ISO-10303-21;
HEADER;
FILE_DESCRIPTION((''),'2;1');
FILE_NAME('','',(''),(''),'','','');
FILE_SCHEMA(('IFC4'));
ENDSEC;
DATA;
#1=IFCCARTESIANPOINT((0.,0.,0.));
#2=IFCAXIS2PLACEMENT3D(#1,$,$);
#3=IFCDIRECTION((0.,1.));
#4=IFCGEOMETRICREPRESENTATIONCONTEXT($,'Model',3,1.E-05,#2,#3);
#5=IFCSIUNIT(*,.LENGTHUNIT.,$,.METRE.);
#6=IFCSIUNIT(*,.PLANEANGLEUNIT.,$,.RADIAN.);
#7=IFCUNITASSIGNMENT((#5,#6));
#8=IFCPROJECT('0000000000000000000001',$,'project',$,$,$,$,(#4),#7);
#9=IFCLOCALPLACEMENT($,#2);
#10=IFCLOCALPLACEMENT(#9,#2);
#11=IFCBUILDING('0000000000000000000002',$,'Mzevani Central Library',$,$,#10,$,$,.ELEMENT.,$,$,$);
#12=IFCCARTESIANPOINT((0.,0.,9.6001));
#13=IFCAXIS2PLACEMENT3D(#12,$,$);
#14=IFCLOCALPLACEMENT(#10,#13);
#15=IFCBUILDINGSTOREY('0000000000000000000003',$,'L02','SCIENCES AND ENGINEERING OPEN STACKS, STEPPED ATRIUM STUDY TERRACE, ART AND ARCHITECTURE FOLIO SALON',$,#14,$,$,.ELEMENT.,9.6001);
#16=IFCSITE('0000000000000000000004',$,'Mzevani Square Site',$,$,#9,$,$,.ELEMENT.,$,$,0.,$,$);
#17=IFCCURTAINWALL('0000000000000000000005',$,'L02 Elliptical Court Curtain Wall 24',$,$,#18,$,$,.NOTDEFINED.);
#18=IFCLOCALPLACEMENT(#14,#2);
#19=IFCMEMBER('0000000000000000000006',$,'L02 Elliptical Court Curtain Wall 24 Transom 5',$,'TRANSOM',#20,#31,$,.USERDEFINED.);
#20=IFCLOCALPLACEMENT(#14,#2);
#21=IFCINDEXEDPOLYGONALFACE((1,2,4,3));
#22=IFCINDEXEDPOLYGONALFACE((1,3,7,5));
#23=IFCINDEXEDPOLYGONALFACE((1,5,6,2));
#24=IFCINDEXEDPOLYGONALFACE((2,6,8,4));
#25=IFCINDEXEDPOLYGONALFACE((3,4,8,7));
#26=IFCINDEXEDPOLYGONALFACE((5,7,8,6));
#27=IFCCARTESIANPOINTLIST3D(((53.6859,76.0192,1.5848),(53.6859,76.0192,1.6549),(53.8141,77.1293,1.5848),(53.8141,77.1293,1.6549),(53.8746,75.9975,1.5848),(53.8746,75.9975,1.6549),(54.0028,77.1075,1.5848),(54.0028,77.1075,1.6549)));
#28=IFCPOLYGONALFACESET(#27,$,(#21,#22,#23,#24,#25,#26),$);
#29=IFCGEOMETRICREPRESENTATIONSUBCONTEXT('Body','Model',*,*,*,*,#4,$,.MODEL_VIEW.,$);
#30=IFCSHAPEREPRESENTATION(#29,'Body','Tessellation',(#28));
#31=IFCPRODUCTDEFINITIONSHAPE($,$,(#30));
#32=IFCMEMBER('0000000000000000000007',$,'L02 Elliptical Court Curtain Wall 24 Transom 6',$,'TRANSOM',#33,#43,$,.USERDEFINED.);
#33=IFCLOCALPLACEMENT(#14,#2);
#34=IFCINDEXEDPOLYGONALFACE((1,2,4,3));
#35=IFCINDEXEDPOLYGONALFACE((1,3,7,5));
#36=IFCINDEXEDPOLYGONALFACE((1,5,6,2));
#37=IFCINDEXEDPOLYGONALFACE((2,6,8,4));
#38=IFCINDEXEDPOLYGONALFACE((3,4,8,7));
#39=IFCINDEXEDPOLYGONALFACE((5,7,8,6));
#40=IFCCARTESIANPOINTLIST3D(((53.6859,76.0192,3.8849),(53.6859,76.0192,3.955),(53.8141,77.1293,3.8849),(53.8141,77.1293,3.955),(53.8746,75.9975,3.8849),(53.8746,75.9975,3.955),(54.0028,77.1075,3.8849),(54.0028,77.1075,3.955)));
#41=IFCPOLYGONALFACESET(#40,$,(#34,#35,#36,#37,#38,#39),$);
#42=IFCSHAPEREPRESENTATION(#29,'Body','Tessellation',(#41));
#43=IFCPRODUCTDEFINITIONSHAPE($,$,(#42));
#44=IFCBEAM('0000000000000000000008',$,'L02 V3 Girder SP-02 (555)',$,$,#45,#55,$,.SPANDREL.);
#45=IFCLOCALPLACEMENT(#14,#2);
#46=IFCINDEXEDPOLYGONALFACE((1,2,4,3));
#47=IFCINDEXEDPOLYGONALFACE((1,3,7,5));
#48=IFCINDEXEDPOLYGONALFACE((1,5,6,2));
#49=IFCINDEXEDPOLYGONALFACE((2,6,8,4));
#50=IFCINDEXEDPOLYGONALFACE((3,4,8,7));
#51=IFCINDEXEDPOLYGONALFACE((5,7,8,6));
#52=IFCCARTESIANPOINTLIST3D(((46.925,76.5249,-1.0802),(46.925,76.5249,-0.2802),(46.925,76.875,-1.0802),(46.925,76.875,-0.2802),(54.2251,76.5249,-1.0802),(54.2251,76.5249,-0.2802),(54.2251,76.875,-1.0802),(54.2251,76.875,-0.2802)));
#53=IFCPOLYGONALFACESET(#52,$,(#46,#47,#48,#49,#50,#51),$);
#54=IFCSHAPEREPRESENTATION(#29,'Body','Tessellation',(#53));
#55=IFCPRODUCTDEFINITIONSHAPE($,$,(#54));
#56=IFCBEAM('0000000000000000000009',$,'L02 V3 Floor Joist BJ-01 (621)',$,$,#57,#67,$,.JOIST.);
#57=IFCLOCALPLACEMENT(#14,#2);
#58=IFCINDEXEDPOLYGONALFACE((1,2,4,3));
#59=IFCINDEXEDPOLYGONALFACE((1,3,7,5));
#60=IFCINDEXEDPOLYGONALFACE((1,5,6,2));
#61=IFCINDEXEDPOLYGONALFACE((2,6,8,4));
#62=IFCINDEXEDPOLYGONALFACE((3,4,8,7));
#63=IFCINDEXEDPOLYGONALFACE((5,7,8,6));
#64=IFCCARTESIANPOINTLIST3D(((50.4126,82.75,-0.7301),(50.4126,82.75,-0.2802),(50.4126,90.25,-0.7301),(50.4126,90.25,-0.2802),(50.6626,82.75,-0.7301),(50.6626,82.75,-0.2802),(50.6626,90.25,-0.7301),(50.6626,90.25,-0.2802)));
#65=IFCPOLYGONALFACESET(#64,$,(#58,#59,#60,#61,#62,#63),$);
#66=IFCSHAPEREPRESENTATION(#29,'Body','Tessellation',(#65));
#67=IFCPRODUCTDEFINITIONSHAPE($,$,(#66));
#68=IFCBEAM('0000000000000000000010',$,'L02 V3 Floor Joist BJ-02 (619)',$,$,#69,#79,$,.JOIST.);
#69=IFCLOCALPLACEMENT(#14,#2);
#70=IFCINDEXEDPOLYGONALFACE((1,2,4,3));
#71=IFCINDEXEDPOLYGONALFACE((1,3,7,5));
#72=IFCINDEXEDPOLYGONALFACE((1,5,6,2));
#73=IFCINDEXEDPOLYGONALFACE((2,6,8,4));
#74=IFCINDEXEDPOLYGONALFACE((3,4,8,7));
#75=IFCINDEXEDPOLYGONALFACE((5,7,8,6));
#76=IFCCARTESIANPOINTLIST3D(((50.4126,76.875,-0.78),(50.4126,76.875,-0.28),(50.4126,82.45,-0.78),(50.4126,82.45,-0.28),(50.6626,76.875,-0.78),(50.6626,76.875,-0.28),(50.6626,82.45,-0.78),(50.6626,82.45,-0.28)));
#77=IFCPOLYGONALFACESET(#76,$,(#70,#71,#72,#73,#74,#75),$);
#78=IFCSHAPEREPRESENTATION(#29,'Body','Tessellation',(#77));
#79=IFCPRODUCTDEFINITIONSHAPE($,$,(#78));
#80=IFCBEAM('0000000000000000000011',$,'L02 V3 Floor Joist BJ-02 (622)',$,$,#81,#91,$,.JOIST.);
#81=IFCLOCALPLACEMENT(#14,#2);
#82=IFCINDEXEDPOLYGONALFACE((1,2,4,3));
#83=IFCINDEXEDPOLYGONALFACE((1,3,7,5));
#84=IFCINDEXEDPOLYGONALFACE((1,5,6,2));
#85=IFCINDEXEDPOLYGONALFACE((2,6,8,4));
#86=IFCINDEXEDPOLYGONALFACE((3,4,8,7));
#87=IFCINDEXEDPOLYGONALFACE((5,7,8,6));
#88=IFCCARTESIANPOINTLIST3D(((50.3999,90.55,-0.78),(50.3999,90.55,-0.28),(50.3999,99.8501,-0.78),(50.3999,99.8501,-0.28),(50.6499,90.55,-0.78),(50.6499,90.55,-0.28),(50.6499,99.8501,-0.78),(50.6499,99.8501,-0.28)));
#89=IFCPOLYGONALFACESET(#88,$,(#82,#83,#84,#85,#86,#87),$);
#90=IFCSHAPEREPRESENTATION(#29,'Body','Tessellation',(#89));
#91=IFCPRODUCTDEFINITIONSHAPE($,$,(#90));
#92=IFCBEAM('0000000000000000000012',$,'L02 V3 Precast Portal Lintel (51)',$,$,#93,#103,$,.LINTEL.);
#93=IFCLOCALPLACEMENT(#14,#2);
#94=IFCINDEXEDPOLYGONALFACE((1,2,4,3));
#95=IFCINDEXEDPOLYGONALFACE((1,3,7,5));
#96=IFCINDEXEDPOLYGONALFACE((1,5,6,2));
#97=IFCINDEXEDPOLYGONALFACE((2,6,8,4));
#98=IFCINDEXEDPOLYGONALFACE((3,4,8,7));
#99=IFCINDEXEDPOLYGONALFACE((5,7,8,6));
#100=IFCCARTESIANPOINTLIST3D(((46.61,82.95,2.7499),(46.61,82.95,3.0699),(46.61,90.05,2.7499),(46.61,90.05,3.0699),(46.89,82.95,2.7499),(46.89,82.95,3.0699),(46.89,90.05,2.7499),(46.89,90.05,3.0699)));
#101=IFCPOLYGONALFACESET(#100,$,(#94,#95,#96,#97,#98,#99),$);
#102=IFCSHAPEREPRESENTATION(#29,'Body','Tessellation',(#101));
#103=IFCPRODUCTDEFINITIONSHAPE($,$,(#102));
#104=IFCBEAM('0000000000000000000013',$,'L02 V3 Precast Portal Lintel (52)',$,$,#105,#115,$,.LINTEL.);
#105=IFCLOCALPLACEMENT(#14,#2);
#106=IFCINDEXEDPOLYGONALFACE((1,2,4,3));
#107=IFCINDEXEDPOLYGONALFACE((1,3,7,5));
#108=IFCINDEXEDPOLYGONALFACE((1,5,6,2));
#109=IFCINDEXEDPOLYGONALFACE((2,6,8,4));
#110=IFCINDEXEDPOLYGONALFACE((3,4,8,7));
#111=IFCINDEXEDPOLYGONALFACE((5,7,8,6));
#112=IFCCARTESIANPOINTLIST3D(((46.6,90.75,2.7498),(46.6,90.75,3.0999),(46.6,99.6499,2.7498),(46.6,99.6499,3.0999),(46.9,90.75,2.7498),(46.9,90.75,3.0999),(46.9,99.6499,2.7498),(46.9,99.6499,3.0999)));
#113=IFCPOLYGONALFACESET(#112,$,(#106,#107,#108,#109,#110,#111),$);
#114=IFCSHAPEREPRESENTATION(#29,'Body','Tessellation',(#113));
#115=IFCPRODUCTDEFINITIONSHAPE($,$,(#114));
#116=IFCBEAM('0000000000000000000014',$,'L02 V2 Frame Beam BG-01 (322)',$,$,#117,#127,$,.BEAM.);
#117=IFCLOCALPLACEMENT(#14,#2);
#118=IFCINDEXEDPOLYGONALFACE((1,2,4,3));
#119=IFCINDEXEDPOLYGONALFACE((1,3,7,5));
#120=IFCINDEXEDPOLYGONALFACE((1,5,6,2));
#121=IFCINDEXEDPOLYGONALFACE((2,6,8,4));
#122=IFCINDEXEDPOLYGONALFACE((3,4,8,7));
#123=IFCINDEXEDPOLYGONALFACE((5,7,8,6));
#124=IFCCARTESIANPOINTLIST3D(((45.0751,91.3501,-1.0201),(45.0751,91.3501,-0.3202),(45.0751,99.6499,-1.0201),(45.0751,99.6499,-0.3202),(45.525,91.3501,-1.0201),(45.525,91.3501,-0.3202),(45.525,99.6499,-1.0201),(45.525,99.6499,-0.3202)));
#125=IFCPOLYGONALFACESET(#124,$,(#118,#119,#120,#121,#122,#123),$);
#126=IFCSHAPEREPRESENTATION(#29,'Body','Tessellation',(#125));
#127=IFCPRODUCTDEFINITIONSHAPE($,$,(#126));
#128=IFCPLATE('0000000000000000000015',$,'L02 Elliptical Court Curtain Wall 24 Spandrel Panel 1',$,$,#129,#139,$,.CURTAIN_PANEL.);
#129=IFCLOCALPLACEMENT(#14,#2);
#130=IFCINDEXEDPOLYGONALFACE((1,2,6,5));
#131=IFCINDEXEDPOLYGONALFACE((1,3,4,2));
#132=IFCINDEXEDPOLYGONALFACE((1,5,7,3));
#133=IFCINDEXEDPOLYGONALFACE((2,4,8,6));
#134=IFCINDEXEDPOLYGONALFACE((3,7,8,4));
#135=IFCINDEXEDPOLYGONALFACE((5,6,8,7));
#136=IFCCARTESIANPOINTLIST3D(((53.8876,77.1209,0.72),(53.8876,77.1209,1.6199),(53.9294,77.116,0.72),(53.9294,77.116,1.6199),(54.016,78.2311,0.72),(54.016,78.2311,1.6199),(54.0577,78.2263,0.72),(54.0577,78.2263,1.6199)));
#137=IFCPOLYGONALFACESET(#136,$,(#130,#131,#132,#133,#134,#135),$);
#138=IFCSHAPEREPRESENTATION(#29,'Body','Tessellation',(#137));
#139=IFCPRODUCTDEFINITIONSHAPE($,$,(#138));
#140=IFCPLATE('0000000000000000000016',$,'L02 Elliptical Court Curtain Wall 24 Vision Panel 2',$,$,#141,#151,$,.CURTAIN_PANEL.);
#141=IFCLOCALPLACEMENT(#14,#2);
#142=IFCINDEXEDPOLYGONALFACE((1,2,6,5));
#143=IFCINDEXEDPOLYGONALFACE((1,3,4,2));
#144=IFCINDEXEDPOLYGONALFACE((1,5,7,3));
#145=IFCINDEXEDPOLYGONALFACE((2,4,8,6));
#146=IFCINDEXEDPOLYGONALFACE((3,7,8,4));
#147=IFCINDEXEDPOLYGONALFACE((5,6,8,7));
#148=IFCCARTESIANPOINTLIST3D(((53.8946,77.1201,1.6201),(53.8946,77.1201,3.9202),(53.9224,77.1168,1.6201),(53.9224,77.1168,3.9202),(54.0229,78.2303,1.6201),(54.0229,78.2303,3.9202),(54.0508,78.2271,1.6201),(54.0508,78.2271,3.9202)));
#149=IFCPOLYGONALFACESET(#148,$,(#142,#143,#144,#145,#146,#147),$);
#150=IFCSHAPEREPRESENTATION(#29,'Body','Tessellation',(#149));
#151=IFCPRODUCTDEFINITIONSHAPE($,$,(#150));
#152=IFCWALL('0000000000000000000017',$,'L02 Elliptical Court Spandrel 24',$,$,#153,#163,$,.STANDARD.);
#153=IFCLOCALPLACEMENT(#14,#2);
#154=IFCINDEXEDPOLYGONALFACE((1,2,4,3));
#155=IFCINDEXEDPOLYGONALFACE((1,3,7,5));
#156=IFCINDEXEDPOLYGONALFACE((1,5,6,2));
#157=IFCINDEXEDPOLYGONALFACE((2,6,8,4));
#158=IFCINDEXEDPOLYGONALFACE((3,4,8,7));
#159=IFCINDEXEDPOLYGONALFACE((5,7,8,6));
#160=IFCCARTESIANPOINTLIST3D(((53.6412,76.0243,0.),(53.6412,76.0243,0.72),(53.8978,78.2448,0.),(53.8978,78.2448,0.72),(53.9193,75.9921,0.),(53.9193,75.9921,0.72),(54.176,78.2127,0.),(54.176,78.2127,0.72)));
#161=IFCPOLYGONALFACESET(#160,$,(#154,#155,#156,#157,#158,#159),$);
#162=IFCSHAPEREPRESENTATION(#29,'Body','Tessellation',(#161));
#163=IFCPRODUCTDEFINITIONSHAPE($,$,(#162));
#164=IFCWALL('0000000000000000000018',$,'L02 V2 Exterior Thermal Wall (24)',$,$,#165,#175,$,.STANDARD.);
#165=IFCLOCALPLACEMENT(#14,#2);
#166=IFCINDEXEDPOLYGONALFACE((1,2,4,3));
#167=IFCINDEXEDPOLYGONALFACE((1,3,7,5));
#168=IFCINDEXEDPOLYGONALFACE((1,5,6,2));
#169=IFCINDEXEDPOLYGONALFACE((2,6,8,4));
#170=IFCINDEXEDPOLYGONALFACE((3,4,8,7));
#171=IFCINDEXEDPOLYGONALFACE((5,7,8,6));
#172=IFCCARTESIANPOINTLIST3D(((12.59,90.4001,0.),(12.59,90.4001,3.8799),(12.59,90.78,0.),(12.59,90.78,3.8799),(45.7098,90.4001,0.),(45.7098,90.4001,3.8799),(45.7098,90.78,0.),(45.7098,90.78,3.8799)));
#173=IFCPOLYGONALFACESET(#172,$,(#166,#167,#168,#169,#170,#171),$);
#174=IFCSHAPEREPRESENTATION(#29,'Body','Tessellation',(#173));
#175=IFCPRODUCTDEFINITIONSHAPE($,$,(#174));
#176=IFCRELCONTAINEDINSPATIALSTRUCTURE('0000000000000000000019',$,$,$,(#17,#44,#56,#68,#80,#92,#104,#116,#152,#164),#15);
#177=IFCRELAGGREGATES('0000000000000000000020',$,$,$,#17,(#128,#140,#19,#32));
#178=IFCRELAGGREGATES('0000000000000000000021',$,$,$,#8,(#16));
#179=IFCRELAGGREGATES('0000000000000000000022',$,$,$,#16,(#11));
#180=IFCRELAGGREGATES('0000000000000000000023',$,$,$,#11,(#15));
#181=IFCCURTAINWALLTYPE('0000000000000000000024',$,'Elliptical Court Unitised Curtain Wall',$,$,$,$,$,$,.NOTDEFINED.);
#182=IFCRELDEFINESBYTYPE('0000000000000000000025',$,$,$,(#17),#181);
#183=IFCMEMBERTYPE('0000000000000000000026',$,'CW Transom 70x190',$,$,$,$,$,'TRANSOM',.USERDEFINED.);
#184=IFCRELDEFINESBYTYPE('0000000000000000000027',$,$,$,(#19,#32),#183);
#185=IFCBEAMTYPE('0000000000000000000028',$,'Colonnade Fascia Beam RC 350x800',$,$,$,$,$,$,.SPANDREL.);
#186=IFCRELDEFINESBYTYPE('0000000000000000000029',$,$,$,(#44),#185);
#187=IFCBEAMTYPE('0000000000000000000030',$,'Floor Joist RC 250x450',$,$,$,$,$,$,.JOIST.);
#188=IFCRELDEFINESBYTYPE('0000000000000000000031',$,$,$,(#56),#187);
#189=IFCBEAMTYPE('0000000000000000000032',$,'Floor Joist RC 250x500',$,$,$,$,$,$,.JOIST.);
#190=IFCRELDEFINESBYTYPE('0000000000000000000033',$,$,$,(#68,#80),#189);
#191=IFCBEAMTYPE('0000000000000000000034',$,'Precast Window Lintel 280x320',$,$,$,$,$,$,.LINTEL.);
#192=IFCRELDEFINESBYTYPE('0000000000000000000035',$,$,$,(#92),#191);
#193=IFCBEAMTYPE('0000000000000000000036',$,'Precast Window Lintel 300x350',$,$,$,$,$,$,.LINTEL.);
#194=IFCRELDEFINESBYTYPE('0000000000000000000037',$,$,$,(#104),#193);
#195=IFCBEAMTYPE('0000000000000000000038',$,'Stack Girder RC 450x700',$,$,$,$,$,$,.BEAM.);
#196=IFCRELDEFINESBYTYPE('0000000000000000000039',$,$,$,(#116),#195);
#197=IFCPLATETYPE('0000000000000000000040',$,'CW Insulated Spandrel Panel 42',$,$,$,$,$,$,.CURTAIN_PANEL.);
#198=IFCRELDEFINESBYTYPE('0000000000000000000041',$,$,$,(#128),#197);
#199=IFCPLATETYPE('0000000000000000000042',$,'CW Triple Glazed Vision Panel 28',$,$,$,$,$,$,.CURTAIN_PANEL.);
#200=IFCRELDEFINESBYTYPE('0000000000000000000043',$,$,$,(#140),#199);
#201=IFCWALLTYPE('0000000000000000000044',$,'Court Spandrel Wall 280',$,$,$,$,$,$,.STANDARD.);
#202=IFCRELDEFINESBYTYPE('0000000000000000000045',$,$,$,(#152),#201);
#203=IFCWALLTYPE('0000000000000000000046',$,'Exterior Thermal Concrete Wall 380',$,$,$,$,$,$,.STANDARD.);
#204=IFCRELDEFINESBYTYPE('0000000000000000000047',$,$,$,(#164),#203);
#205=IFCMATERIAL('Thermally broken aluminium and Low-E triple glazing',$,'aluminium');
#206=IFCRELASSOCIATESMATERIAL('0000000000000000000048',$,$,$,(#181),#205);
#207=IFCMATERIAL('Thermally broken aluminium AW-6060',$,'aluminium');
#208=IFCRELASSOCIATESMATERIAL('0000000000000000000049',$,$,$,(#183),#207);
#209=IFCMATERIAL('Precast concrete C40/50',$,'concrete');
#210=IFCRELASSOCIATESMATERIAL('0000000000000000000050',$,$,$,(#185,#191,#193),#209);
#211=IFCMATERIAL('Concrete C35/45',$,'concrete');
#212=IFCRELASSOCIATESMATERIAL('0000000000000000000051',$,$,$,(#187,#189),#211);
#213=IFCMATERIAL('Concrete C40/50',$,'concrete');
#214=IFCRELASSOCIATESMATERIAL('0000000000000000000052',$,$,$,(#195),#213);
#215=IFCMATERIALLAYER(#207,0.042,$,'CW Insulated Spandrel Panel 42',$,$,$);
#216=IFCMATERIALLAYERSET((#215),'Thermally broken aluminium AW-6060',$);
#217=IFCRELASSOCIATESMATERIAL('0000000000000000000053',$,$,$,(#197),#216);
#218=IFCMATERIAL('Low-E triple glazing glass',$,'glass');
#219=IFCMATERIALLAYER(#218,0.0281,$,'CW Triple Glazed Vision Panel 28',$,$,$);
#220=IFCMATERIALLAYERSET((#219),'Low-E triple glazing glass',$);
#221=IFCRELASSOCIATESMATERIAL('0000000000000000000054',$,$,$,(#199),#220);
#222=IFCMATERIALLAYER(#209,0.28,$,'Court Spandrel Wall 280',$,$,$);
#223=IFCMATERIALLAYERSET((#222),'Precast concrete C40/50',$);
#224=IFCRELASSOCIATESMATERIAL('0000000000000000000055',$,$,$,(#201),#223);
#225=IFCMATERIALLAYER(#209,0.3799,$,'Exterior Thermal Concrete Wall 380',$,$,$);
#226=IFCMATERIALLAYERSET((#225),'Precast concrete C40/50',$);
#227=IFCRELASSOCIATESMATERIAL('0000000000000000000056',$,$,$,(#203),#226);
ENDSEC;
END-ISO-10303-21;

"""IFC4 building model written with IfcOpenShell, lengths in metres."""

from ifc_helpers import new_model, si_unit, direction, frame, frame_2d, origin, origin_2d, place, context, subcontext, project, spatial, rectangle, extrude, material, layer, layer_set, material_profile, profile_set, type_object, element, aggregate, save


model = new_model("IFC4")

# Units and contexts
model_context = context("Model", 3, precision=1e-05, world=origin(), true_north=direction((0.0, 1.0)))
body_context = subcontext(model_context, "Body", "Model", "MODEL_VIEW")
ifc_project = project(units=[si_unit("LENGTHUNIT", "METRE"), si_unit("PLANEANGLEUNIT", "RADIAN")], contexts=[model_context])

# Site, building, storey
site_placement = place(None, origin())
site = spatial("IfcSite", under=ifc_project, at=site_placement, Name="Mzevani Square Site", CompositionType="ELEMENT", RefElevation=0.0)
building_placement = place(site_placement, origin())
building = spatial("IfcBuilding", under=site, at=building_placement, Name="Mzevani Central Library", CompositionType="ELEMENT")
storey_placement = place(building_placement, frame((0.0, 0.0, 9.6001)))
storey = spatial("IfcBuildingStorey", under=building, at=storey_placement, Name="L02", Description="SCIENCES AND ENGINEERING OPEN STACKS, STEPPED ATRIUM STUDY TERRACE, ART AND ARCHITECTURE FOLIO SALON", CompositionType="ELEMENT", Elevation=9.6001)

# Shared definitions
ifc_material_1 = material(Name="Concrete C40/50", Category="concrete")

# Shared definitions
ifc_material_2 = material(Name="Concrete C35/45", Category="concrete")

# Curtain wall, members
ifc_material_3 = material(Name="Thermally broken aluminium and Low-E triple glazing", Category="aluminium")
curtain_wall_type = type_object("IfcCurtainWallType", Name="Elliptical Court Unitised Curtain Wall", PredefinedType="NOTDEFINED", material=ifc_material_3)
curtain_wall_placement = place(storey_placement, origin())
curtain_wall = element("IfcCurtainWall", 1, at=curtain_wall_placement, inside=storey, type_object=curtain_wall_type, Name="L02 Elliptical Court Curtain Wall 24", PredefinedType="NOTDEFINED")
ifc_material_4 = material(Name="Thermally broken aluminium AW-6060", Category="aluminium")
ifc_material_profile_1 = material_profile(ifc_material_4, rectangle(XDim=0.1899, YDim=0.0701, at=origin_2d()), Name="ALU T70x190")
ifc_profile_set_1 = profile_set([ifc_material_profile_1], Name="Thermally broken aluminium AW-6060")
member_type_1 = type_object("IfcMemberType", Name="CW Transom 70x190", ElementType="TRANSOM", PredefinedType="USERDEFINED", material=ifc_profile_set_1)
member_1_placement = place(storey_placement, frame((53.9084, 77.1184, 1.6199), z_axis=(-0.114699, -0.9934, 0.0), x_axis=(0.9934, -0.114699, 0.0)))
member_1 = element("IfcMember", 2, at=member_1_placement, type_object=member_type_1, Name="L02 Elliptical Court Curtain Wall 24 Transom 5", ObjectType="TRANSOM", PredefinedType="USERDEFINED", context=body_context, shape_type="SweptSolid", body=[
    extrude(rectangle(XDim=0.1899, YDim=0.0701, at=origin_2d()), origin(), (0.0, 0.0, 1.0), 1.1174),
])
member_2_placement = place(storey_placement, frame((53.9084, 77.1184, 3.9199), z_axis=(-0.114699, -0.9934, 0.0), x_axis=(0.9934, -0.114699, 0.0)))
member_2 = element("IfcMember", 3, at=member_2_placement, type_object=member_type_1, Name="L02 Elliptical Court Curtain Wall 24 Transom 6", ObjectType="TRANSOM", PredefinedType="USERDEFINED", context=body_context, shape_type="SweptSolid", body=[
    extrude(rectangle(XDim=0.1899, YDim=0.0701, at=origin_2d()), origin(), (0.0, 0.0, 1.0), 1.1174),
])

# Beams
ifc_material_5 = material(Name="Precast concrete C40/50", Category="concrete")
ifc_material_profile_2 = material_profile(ifc_material_5, rectangle(XDim=0.3501, YDim=0.8, at=origin_2d()), Name="RC SP350x800")
ifc_profile_set_2 = profile_set([ifc_material_profile_2], Name="Precast concrete C40/50")
beam_type_1 = type_object("IfcBeamType", Name="Colonnade Fascia Beam RC 350x800", PredefinedType="SPANDREL", material=ifc_profile_set_2)
beam_1_placement = place(storey_placement, frame((46.925, 76.7, -0.6802), z_axis=(1.0, 0.0, 0.0), x_axis=(0.0, 1.0, 0.0)))
element("IfcBeam", 4, at=beam_1_placement, inside=storey, type_object=beam_type_1, Name="L02 V3 Girder SP-02 (555)", PredefinedType="SPANDREL", context=body_context, shape_type="SweptSolid", body=[
    extrude(rectangle(XDim=0.3501, YDim=0.8, at=origin_2d()), origin(), (0.0, 0.0, 1.0), 7.3),
])
ifc_material_profile_3 = material_profile(ifc_material_2, rectangle(XDim=0.25, YDim=0.45, at=origin_2d()), Name="RC J250x450")
ifc_profile_set_3 = profile_set([ifc_material_profile_3], Name="Concrete C35/45")
beam_type_2 = type_object("IfcBeamType", Name="Floor Joist RC 250x450", PredefinedType="JOIST", material=ifc_profile_set_3)
beam_2_placement = place(storey_placement, frame((50.5376, 82.75, -0.5051), z_axis=(0.0, 1.0, 0.0), x_axis=(-1.0, 0.0, 0.0)))
element("IfcBeam", 5, at=beam_2_placement, inside=storey, type_object=beam_type_2, Name="L02 V3 Floor Joist BJ-01 (621)", PredefinedType="JOIST", context=body_context, shape_type="SweptSolid", body=[
    extrude(rectangle(XDim=0.25, YDim=0.45, at=origin_2d()), origin(), (0.0, 0.0, 1.0), 7.5),
])
ifc_material_profile_4 = material_profile(ifc_material_2, rectangle(XDim=0.25, YDim=0.5, at=origin_2d()), Name="RC J250x500")
ifc_profile_set_4 = profile_set([ifc_material_profile_4], Name="Concrete C35/45")
beam_type_3 = type_object("IfcBeamType", Name="Floor Joist RC 250x500", PredefinedType="JOIST", material=ifc_profile_set_4)
beam_3_placement = place(storey_placement, frame((50.5376, 76.875, -0.53), z_axis=(0.0, 1.0, 0.0), x_axis=(-1.0, 0.0, 0.0)))
element("IfcBeam", 6, at=beam_3_placement, inside=storey, type_object=beam_type_3, Name="L02 V3 Floor Joist BJ-02 (619)", PredefinedType="JOIST", context=body_context, shape_type="SweptSolid", body=[
    extrude(rectangle(XDim=0.25, YDim=0.5, at=origin_2d()), origin(), (0.0, 0.0, 1.0), 5.575),
])
beam_4_placement = place(storey_placement, frame((50.5249, 90.55, -0.53), z_axis=(0.0, 1.0, 0.0), x_axis=(-1.0, 0.0, 0.0)))
element("IfcBeam", 7, at=beam_4_placement, inside=storey, type_object=beam_type_3, Name="L02 V3 Floor Joist BJ-02 (622)", PredefinedType="JOIST", context=body_context, shape_type="SweptSolid", body=[
    extrude(rectangle(XDim=0.25, YDim=0.5, at=origin_2d()), origin(), (0.0, 0.0, 1.0), 9.3),
])
ifc_material_profile_5 = material_profile(ifc_material_5, rectangle(XDim=0.28, YDim=0.3201, at=origin_2d()), Name="PC LN280x320")
ifc_profile_set_5 = profile_set([ifc_material_profile_5], Name="Precast concrete C40/50")
beam_type_4 = type_object("IfcBeamType", Name="Precast Window Lintel 280x320", PredefinedType="LINTEL", material=ifc_profile_set_5)
beam_5_placement = place(storey_placement, frame((46.75, 82.95, 2.9099), z_axis=(0.0, 1.0, 0.0), x_axis=(-1.0, 0.0, 0.0)))
element("IfcBeam", 8, at=beam_5_placement, inside=storey, type_object=beam_type_4, Name="L02 V3 Precast Portal Lintel (51)", PredefinedType="LINTEL", context=body_context, shape_type="SweptSolid", body=[
    extrude(rectangle(XDim=0.28, YDim=0.3201, at=origin_2d()), origin(), (0.0, 0.0, 1.0), 7.1001),
])
ifc_material_profile_6 = material_profile(ifc_material_5, rectangle(XDim=0.3, YDim=0.3501, at=origin_2d()), Name="PC LN300x350")
ifc_profile_set_6 = profile_set([ifc_material_profile_6], Name="Precast concrete C40/50")
beam_type_5 = type_object("IfcBeamType", Name="Precast Window Lintel 300x350", PredefinedType="LINTEL", material=ifc_profile_set_6)
beam_6_placement = place(storey_placement, frame((46.75, 90.75, 2.9248), z_axis=(0.0, 1.0, 0.0), x_axis=(-1.0, 0.0, 0.0)))
element("IfcBeam", 9, at=beam_6_placement, inside=storey, type_object=beam_type_5, Name="L02 V3 Precast Portal Lintel (52)", PredefinedType="LINTEL", context=body_context, shape_type="SweptSolid", body=[
    extrude(rectangle(XDim=0.3, YDim=0.3501, at=origin_2d()), origin(), (0.0, 0.0, 1.0), 8.8999),
])
ifc_material_profile_7 = material_profile(ifc_material_1, rectangle(XDim=0.45, YDim=0.7, at=origin_2d()), Name="RC B450x700")
ifc_profile_set_7 = profile_set([ifc_material_profile_7], Name="Concrete C40/50")
beam_type_6 = type_object("IfcBeamType", Name="Stack Girder RC 450x700", PredefinedType="BEAM", material=ifc_profile_set_7)
beam_7_placement = place(storey_placement, frame((45.3, 91.3501, -0.6702), z_axis=(0.0, 1.0, 0.0), x_axis=(-1.0, 0.0, 0.0)))
element("IfcBeam", 10, at=beam_7_placement, inside=storey, type_object=beam_type_6, Name="L02 V2 Frame Beam BG-01 (322)", PredefinedType="BEAM", context=body_context, shape_type="SweptSolid", body=[
    extrude(rectangle(XDim=0.45, YDim=0.7, at=origin_2d()), origin(), (0.0, 0.0, 1.0), 8.2998),
])

# Plates
ifc_layer_1 = layer(ifc_material_4, 0.042, Name="CW Insulated Spandrel Panel 42")
ifc_layer_set_1 = layer_set([ifc_layer_1], Name="Thermally broken aluminium AW-6060")
plate_type_1 = type_object("IfcPlateType", Name="CW Insulated Spandrel Panel 42", PredefinedType="CURTAIN_PANEL", material=ifc_layer_set_1)
plate_1_placement = place(storey_placement, frame((53.9727, 77.6736, 0.72), z_axis=(0.0, 0.0, 1.0), x_axis=(-0.114795, -0.993389, 0.0)))
plate_1 = element("IfcPlate", 11, at=plate_1_placement, type_object=plate_type_1, Name="L02 Elliptical Court Curtain Wall 24 Spandrel Panel 1", PredefinedType="CURTAIN_PANEL", context=body_context, shape_type="SweptSolid", body=[
    extrude(rectangle(XDim=1.1177, YDim=0.042, at=origin_2d()), origin(), (0.0, 0.0, 1.0), 0.8999),
])
ifc_material_6 = material(Name="Low-E triple glazing glass", Category="glass")
ifc_layer_2 = layer(ifc_material_6, 0.0281, Name="CW Triple Glazed Vision Panel 28")
ifc_layer_set_2 = layer_set([ifc_layer_2], Name="Low-E triple glazing glass")
plate_type_2 = type_object("IfcPlateType", Name="CW Triple Glazed Vision Panel 28", PredefinedType="CURTAIN_PANEL", material=ifc_layer_set_2)
plate_2_placement = place(storey_placement, frame((53.9727, 77.6736, 1.6201), z_axis=(0.0, 0.0, 1.0), x_axis=(-0.114795, -0.993389, 0.0)))
plate_2 = element("IfcPlate", 12, at=plate_2_placement, type_object=plate_type_2, Name="L02 Elliptical Court Curtain Wall 24 Vision Panel 2", PredefinedType="CURTAIN_PANEL", context=body_context, shape_type="SweptSolid", body=[
    extrude(rectangle(XDim=1.1177, YDim=0.0281, at=origin_2d()), origin(), (0.0, 0.0, 1.0), 2.3),
])
aggregate(curtain_wall, [plate_1, plate_2, member_1, member_2])

# Walls
ifc_layer_3 = layer(ifc_material_5, 0.28, Name="Court Spandrel Wall 280")
ifc_layer_set_3 = layer_set([ifc_layer_3], Name="Precast concrete C40/50")
wall_type_1 = type_object("IfcWallType", Name="Court Spandrel Wall 280", PredefinedType="STANDARD", material=ifc_layer_set_3)
wall_1_placement = place(storey_placement, frame((54.0369, 78.2288, 0.0), z_axis=(0.0, 0.0, 1.0), x_axis=(-0.114794, -0.993389, 0.0)))
element("IfcWall", 13, at=wall_1_placement, inside=storey, type_object=wall_type_1, Name="L02 Elliptical Court Spandrel 24", PredefinedType="STANDARD", context=body_context, shape_type="SweptSolid", body=[
    extrude(rectangle(XDim=2.2354, YDim=0.28, at=frame_2d((1.1177, 0.0))), origin(), (0.0, 0.0, 1.0), 0.72),
])
ifc_layer_4 = layer(ifc_material_5, 0.3799, Name="Exterior Thermal Concrete Wall 380")
ifc_layer_set_4 = layer_set([ifc_layer_4], Name="Precast concrete C40/50")
wall_type_2 = type_object("IfcWallType", Name="Exterior Thermal Concrete Wall 380", PredefinedType="STANDARD", material=ifc_layer_set_4)
wall_2_placement = place(storey_placement, frame((45.71, 90.5901, 0.0), z_axis=(0.0, 0.0, 1.0), x_axis=(-1.0, 0.0, 0.0)))
element("IfcWall", 14, at=wall_2_placement, inside=storey, type_object=wall_type_2, Name="L02 V2 Exterior Thermal Wall (24)", PredefinedType="STANDARD", context=body_context, shape_type="SweptSolid", body=[
    extrude(rectangle(XDim=33.1199, YDim=0.3799, at=frame_2d((16.5601, 0.0))), origin(), (0.0, 0.0, 1.0), 3.8799),
])

save(model, "model.ifc")
